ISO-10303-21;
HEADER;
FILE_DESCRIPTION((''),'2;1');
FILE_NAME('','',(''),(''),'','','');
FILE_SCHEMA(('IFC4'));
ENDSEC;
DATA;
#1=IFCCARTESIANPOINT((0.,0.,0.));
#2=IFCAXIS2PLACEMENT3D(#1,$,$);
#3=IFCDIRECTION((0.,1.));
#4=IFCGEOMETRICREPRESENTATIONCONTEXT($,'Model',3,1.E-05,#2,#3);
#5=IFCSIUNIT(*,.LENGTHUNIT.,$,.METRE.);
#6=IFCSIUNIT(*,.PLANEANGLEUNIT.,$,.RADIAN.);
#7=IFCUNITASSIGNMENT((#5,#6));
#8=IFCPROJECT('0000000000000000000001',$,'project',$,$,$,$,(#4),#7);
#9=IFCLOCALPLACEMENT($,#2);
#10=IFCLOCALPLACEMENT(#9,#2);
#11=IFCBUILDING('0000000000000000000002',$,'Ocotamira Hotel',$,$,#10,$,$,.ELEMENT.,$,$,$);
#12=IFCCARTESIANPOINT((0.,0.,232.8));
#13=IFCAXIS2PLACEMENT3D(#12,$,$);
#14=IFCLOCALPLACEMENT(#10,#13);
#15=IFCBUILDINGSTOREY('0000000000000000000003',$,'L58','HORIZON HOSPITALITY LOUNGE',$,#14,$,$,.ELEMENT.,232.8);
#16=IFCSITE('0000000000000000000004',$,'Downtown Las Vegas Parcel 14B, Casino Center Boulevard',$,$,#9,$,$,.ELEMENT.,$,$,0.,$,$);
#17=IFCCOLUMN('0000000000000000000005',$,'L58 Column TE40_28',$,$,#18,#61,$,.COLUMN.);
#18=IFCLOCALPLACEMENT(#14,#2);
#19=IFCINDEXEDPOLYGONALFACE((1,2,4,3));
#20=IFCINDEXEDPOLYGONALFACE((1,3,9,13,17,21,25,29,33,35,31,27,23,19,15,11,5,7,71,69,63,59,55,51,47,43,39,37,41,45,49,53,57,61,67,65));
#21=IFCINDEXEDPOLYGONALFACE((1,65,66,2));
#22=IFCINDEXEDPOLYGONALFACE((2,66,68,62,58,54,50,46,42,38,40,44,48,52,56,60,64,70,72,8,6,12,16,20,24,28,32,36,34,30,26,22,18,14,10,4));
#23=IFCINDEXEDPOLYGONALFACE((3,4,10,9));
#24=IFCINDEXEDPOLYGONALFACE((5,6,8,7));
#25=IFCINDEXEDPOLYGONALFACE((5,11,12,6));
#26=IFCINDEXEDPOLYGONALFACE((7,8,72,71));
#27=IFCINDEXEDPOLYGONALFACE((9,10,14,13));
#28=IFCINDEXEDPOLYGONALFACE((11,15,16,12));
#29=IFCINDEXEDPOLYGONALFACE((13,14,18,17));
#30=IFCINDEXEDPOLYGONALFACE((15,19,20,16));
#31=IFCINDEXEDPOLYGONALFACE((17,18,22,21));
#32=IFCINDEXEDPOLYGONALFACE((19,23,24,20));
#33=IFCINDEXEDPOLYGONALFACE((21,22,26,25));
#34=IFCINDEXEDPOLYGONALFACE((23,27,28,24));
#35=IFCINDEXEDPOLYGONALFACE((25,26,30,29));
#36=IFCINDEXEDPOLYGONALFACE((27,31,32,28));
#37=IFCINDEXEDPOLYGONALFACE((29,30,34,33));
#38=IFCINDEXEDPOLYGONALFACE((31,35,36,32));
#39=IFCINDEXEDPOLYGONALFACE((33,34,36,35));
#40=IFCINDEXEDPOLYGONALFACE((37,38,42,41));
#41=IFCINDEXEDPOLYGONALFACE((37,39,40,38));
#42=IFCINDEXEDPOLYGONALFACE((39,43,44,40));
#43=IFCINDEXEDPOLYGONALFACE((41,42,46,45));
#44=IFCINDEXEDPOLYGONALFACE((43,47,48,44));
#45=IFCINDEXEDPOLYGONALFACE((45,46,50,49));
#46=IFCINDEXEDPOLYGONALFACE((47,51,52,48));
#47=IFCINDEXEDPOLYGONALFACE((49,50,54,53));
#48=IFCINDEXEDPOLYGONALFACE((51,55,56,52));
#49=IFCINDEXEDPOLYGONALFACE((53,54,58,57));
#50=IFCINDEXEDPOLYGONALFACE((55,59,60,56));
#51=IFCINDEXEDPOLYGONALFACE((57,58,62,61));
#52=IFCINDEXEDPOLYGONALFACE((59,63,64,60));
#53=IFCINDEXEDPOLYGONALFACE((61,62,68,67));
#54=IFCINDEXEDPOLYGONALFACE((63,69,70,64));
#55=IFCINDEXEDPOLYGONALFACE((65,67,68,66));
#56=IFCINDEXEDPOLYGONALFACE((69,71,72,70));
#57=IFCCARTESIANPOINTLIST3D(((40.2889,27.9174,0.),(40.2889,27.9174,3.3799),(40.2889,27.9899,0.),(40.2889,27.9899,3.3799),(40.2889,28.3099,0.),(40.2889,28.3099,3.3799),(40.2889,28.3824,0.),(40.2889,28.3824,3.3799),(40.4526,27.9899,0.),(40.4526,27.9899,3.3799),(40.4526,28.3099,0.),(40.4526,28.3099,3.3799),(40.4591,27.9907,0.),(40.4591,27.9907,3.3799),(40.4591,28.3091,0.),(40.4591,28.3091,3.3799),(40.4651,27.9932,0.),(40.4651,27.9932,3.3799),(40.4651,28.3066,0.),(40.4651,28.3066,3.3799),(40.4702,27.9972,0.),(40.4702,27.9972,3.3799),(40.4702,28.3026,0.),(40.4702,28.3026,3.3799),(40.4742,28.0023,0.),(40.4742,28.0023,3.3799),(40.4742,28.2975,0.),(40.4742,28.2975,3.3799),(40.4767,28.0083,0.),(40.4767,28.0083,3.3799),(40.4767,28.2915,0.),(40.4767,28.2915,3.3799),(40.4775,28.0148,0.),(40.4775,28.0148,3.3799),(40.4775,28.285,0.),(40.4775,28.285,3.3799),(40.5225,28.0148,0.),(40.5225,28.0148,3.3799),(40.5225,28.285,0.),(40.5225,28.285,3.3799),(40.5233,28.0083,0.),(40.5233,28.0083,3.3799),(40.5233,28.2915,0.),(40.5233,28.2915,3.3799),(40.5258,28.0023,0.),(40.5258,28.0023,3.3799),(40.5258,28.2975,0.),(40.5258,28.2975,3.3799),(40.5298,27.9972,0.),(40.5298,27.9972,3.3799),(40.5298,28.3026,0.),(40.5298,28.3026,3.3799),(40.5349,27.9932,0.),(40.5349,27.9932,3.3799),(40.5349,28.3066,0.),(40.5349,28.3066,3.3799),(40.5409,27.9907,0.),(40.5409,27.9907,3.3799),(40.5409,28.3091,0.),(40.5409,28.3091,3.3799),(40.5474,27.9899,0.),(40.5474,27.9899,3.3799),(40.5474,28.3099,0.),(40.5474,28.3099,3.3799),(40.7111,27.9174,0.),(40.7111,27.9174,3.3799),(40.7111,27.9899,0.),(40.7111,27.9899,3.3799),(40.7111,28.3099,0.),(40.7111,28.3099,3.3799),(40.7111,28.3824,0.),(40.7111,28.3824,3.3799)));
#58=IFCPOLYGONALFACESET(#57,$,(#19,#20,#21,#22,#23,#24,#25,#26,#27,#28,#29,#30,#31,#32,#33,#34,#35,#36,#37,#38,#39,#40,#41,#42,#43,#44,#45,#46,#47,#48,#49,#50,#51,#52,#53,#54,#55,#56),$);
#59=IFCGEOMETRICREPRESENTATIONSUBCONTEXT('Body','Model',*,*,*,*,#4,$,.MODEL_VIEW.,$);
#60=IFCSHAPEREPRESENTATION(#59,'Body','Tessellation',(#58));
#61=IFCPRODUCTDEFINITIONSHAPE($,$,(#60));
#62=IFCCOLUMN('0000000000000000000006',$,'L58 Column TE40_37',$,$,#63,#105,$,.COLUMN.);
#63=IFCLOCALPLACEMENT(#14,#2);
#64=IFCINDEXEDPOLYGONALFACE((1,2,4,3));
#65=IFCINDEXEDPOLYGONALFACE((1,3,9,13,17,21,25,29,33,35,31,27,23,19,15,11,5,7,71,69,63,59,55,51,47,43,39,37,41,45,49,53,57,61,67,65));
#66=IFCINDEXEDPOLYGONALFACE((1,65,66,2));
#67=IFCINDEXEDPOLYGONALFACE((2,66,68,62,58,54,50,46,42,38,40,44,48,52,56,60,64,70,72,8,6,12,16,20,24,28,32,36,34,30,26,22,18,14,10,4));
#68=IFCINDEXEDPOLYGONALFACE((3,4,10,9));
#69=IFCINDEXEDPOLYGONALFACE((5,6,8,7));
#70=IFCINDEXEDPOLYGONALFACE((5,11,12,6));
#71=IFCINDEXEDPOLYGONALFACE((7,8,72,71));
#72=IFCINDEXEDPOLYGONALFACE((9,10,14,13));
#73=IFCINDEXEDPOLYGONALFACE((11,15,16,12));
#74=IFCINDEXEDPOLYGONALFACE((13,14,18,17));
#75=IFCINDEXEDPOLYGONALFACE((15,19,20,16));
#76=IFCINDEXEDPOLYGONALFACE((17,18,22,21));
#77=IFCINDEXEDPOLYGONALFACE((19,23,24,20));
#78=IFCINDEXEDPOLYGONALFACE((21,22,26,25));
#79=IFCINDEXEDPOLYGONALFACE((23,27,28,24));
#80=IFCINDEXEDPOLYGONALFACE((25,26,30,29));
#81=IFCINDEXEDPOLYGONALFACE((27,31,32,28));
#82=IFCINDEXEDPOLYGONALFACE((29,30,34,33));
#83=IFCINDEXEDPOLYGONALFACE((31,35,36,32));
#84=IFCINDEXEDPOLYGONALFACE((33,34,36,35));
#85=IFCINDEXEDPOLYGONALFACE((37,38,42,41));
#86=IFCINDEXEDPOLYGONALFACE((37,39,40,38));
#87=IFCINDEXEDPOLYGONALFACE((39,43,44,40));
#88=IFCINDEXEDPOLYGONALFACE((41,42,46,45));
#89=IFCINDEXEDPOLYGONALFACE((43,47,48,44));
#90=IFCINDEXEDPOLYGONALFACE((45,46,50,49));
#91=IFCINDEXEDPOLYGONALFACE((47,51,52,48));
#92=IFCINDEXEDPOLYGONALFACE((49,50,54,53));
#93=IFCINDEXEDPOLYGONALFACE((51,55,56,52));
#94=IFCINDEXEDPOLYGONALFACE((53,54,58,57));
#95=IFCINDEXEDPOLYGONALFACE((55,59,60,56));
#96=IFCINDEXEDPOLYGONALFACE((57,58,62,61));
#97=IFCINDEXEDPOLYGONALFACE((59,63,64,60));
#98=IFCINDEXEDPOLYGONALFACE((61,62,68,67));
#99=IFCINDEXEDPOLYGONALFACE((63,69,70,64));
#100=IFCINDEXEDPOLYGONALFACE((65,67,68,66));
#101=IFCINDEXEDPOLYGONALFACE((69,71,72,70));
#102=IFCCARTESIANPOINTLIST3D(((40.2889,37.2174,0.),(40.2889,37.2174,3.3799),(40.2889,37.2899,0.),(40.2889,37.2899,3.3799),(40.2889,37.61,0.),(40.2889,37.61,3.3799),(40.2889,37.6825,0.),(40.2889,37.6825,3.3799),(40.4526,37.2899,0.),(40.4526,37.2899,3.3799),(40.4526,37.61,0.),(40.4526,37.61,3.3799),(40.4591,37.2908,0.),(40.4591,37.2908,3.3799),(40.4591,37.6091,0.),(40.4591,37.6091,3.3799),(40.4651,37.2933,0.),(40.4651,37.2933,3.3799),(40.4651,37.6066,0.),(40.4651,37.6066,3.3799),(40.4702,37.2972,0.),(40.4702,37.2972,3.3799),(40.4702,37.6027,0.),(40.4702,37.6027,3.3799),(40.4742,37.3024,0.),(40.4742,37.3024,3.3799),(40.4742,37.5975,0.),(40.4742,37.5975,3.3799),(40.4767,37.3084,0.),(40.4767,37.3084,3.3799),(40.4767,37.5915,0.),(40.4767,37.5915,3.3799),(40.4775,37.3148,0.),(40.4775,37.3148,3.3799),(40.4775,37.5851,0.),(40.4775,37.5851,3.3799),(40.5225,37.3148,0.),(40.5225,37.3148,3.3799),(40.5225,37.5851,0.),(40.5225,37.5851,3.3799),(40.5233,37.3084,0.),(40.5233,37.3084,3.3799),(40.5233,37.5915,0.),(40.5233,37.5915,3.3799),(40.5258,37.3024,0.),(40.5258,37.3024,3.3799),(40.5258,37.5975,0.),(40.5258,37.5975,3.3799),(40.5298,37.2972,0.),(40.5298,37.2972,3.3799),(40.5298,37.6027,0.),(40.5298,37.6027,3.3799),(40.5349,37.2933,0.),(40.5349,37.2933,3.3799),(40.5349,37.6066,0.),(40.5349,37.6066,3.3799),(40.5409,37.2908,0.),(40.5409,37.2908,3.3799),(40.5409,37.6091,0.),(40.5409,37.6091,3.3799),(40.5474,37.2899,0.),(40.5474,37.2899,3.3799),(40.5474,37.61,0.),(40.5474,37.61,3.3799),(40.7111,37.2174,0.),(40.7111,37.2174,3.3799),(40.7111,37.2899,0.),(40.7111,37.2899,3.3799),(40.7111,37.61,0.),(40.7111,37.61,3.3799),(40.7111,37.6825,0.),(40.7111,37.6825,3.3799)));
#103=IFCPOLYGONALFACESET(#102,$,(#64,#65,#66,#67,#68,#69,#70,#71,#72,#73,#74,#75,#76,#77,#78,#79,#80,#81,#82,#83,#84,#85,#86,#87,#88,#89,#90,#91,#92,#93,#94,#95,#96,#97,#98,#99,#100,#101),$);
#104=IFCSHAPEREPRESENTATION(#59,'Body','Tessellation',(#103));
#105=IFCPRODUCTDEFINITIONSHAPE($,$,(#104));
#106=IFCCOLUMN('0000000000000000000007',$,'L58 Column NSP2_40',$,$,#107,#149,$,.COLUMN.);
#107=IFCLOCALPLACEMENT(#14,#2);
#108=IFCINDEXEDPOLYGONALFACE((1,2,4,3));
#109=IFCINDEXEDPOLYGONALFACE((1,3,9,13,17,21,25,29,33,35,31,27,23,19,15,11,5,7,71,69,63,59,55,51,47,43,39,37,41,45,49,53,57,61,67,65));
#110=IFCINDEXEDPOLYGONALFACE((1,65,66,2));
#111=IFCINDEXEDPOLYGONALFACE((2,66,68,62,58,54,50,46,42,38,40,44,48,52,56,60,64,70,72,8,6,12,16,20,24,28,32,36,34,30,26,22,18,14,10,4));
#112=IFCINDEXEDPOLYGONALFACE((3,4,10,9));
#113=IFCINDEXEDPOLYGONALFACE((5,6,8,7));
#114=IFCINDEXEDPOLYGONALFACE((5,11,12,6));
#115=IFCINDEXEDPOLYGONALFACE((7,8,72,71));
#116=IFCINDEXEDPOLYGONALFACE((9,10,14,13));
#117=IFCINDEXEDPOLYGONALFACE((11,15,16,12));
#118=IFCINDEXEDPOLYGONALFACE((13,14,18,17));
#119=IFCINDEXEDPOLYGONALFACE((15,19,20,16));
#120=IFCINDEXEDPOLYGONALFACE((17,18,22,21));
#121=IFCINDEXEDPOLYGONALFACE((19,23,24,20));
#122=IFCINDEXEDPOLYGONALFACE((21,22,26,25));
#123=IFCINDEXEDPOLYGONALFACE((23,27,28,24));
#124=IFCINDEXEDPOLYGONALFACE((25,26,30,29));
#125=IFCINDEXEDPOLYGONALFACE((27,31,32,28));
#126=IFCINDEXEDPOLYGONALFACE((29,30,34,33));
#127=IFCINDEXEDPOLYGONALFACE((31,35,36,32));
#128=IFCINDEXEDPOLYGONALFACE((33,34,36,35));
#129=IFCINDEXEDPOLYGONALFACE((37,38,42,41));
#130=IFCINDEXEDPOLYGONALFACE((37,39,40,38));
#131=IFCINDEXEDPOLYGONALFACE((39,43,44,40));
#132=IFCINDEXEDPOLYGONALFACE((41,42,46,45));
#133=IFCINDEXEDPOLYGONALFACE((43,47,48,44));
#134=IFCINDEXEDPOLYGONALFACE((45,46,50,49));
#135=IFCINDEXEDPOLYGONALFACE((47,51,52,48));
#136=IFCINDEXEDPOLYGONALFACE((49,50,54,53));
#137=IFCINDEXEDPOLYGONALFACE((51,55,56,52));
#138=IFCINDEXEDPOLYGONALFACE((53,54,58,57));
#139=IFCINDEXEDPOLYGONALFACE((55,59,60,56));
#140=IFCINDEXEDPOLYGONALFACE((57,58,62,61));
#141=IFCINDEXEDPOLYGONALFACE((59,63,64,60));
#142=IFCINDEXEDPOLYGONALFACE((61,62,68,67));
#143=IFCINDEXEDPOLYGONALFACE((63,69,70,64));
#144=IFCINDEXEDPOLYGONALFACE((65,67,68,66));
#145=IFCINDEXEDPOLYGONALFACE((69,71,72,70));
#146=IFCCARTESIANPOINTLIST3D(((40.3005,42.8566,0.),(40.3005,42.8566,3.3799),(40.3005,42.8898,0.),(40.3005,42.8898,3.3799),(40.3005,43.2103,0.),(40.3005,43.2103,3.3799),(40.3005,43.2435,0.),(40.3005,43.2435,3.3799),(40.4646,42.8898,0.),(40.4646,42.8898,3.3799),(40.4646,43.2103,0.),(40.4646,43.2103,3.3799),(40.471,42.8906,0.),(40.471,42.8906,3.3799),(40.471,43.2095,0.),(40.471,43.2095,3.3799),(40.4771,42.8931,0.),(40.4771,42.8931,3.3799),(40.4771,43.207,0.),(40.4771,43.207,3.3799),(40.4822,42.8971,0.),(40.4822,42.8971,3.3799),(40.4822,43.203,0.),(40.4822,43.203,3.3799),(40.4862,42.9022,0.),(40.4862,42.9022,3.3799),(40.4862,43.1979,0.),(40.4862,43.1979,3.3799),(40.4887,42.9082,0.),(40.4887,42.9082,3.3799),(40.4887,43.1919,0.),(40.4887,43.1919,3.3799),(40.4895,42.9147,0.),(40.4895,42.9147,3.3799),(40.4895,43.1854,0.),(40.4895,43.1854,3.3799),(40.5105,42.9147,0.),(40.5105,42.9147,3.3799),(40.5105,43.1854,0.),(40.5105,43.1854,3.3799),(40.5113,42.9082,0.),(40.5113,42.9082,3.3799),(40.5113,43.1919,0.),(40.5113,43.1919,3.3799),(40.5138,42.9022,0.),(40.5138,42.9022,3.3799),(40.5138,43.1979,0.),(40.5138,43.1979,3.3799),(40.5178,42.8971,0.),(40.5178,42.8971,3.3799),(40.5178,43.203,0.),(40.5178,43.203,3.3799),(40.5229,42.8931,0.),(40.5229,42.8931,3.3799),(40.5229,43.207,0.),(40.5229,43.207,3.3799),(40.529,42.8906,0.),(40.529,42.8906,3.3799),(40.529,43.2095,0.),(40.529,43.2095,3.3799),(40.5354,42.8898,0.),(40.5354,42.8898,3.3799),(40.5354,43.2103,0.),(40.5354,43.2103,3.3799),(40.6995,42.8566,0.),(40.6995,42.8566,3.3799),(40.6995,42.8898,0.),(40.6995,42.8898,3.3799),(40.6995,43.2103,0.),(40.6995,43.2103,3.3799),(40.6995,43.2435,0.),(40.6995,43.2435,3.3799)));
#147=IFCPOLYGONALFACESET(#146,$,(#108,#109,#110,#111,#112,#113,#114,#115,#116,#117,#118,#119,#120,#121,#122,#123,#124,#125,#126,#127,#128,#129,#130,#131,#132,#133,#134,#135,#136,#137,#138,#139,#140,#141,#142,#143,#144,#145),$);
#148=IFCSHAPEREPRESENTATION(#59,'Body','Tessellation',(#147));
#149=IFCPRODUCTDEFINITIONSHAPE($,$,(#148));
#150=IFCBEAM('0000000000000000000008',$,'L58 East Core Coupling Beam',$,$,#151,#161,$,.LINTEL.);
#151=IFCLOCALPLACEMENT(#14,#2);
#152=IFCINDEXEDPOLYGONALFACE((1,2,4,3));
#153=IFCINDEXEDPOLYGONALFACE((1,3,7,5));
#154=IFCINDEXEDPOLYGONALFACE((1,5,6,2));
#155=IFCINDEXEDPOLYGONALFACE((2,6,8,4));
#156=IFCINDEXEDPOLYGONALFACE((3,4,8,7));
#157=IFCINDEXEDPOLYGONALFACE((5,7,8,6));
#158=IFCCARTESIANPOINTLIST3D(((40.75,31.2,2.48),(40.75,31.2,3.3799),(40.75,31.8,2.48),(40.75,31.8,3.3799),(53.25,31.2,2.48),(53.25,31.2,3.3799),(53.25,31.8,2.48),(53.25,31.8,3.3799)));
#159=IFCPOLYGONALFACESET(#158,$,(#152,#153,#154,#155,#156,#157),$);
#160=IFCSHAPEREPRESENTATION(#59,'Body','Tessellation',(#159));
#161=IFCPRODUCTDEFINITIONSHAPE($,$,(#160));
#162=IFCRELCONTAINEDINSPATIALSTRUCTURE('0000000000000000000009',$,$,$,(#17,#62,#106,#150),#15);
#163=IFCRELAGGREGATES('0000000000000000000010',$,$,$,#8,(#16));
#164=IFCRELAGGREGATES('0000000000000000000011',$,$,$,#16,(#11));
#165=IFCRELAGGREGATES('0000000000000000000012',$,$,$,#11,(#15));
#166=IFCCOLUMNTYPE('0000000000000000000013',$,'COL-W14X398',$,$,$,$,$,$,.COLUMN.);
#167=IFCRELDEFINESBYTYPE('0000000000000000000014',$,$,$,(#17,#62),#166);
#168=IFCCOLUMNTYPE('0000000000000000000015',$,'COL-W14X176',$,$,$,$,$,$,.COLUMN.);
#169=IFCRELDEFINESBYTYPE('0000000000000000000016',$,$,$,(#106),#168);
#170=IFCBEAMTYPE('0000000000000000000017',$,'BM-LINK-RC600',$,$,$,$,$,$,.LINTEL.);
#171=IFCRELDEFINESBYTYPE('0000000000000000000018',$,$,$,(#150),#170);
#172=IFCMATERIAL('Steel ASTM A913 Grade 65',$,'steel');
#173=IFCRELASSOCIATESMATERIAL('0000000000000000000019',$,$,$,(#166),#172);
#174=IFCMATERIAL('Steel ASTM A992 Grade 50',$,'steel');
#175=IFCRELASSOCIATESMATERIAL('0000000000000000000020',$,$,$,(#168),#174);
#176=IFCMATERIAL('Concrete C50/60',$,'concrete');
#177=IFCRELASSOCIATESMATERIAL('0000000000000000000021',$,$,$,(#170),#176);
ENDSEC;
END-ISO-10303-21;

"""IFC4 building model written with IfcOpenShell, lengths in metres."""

from ifc_helpers import new_model, si_unit, direction, frame, origin, origin_2d, place, context, subcontext, project, spatial, rectangle, i_section, extrude, source, transform, mapped, material, material_profile, profile_set, type_object, element, save


model = new_model("IFC4")

# Units and contexts
model_context = context("Model", 3, precision=1e-05, world=origin(), true_north=direction((0.0, 1.0)))
body_context = subcontext(model_context, "Body", "Model", "MODEL_VIEW")
ifc_project = project(units=[si_unit("LENGTHUNIT", "METRE"), si_unit("PLANEANGLEUNIT", "RADIAN")], contexts=[model_context])

# Site, building, storey
site_placement = place(None, origin())
site = spatial("IfcSite", under=ifc_project, at=site_placement, Name="Downtown Las Vegas Parcel 14B, Casino Center Boulevard", CompositionType="ELEMENT", RefElevation=0.0)
building_placement = place(site_placement, origin())
building = spatial("IfcBuilding", under=site, at=building_placement, Name="Ocotamira Hotel", CompositionType="ELEMENT")
storey_placement = place(building_placement, frame((0.0, 0.0, 232.8)))
storey = spatial("IfcBuildingStorey", under=building, at=storey_placement, Name="L58", Description="HORIZON HOSPITALITY LOUNGE", CompositionType="ELEMENT", Elevation=232.8)

# Columns
ifc_material_1 = material(Name="Steel ASTM A913 Grade 65", Category="steel")
ifc_material_profile_1 = material_profile(ifc_material_1, i_section(OverallWidth=0.4221, OverallDepth=0.4651, WebThickness=0.0449, FlangeThickness=0.0725, FilletRadius=0.0249, at=origin_2d()), Name="W14X398")
ifc_profile_set_1 = profile_set([ifc_material_profile_1], Name="Steel ASTM A913 Grade 65")
column_type_1 = type_object("IfcColumnType", Name="COL-W14X398", PredefinedType="COLUMN", material=ifc_profile_set_1)
shared_shape_1 = source(origin(), body_context, "Body", "SweptSolid", [
    extrude(i_section(OverallWidth=0.4221, OverallDepth=0.4651, WebThickness=0.0449, FlangeThickness=0.0725, FilletRadius=0.0249, at=origin_2d()), origin(), (0.0, 0.0, 1.0), 3.3799),
])
for number, where, z_axis, x_axis, name in (
    (1, (40.5, 28.1499, 0.0), (0.0, 0.0, 1.0), (1.0, 0.0, 0.0), "L58 Column TE40_28"),
    (2, (40.5, 37.45, 0.0), (0.0, 0.0, 1.0), (1.0, 0.0, 0.0), "L58 Column TE40_37"),
):
    element("IfcColumn", number, at=place(storey_placement, frame(where, z_axis=z_axis, x_axis=x_axis)), inside=storey, type_object=column_type_1, Name=name, PredefinedType="COLUMN", context=body_context, shape_type="MappedRepresentation", body=[
        mapped(shared_shape_1, transform((0.0, 0.0, 0.0), scale=1.0)),
    ])
ifc_material_2 = material(Name="Steel ASTM A992 Grade 50", Category="steel")
ifc_material_profile_2 = material_profile(ifc_material_2, i_section(OverallWidth=0.3989, OverallDepth=0.387, WebThickness=0.021, FlangeThickness=0.0332, FilletRadius=0.0249, at=origin_2d()), Name="W14X176")
ifc_profile_set_2 = profile_set([ifc_material_profile_2], Name="Steel ASTM A992 Grade 50")
column_type_2 = type_object("IfcColumnType", Name="COL-W14X176", PredefinedType="COLUMN", material=ifc_profile_set_2)
shared_shape_2 = source(origin(), body_context, "Body", "SweptSolid", [
    extrude(i_section(OverallWidth=0.3989, OverallDepth=0.387, WebThickness=0.021, FlangeThickness=0.0332, FilletRadius=0.0249, at=origin_2d()), origin(), (0.0, 0.0, 1.0), 3.3799),
])
column_placement = place(storey_placement, frame((40.5, 43.05, 0.0), z_axis=(0.0, 0.0, 1.0), x_axis=(1.0, 0.0, 0.0)))
element("IfcColumn", 3, at=column_placement, inside=storey, type_object=column_type_2, Name="L58 Column NSP2_40", PredefinedType="COLUMN", context=body_context, shape_type="MappedRepresentation", body=[
    mapped(shared_shape_2, transform((0.0, 0.0, 0.0), scale=1.0)),
])

# Beam
ifc_material_3 = material(Name="Concrete C50/60", Category="concrete")
ifc_material_profile_3 = material_profile(ifc_material_3, rectangle(XDim=0.6001, YDim=0.8999, at=origin_2d()), Name="RC600X900")
ifc_profile_set_3 = profile_set([ifc_material_profile_3], Name="Concrete C50/60")
beam_type_1 = type_object("IfcBeamType", Name="BM-LINK-RC600", PredefinedType="LINTEL", material=ifc_profile_set_3)
shared_shape_3 = source(origin(), body_context, "Body", "SweptSolid", [
    extrude(rectangle(XDim=0.6001, YDim=0.8999, at=origin_2d()), origin(), (0.0, 0.0, 1.0), 12.5),
])
beam_1_placement = place(storey_placement, frame((40.75, 31.5, 2.9299), z_axis=(1.0, 0.0, 0.0), x_axis=(0.0, 1.0, 0.0)))
element("IfcBeam", 4, at=beam_1_placement, inside=storey, type_object=beam_type_1, Name="L58 East Core Coupling Beam", PredefinedType="LINTEL", context=body_context, shape_type="MappedRepresentation", body=[
    mapped(shared_shape_3, transform((0.0, 0.0, 0.0), scale=1.0)),
])

save(model, "model.ifc")
